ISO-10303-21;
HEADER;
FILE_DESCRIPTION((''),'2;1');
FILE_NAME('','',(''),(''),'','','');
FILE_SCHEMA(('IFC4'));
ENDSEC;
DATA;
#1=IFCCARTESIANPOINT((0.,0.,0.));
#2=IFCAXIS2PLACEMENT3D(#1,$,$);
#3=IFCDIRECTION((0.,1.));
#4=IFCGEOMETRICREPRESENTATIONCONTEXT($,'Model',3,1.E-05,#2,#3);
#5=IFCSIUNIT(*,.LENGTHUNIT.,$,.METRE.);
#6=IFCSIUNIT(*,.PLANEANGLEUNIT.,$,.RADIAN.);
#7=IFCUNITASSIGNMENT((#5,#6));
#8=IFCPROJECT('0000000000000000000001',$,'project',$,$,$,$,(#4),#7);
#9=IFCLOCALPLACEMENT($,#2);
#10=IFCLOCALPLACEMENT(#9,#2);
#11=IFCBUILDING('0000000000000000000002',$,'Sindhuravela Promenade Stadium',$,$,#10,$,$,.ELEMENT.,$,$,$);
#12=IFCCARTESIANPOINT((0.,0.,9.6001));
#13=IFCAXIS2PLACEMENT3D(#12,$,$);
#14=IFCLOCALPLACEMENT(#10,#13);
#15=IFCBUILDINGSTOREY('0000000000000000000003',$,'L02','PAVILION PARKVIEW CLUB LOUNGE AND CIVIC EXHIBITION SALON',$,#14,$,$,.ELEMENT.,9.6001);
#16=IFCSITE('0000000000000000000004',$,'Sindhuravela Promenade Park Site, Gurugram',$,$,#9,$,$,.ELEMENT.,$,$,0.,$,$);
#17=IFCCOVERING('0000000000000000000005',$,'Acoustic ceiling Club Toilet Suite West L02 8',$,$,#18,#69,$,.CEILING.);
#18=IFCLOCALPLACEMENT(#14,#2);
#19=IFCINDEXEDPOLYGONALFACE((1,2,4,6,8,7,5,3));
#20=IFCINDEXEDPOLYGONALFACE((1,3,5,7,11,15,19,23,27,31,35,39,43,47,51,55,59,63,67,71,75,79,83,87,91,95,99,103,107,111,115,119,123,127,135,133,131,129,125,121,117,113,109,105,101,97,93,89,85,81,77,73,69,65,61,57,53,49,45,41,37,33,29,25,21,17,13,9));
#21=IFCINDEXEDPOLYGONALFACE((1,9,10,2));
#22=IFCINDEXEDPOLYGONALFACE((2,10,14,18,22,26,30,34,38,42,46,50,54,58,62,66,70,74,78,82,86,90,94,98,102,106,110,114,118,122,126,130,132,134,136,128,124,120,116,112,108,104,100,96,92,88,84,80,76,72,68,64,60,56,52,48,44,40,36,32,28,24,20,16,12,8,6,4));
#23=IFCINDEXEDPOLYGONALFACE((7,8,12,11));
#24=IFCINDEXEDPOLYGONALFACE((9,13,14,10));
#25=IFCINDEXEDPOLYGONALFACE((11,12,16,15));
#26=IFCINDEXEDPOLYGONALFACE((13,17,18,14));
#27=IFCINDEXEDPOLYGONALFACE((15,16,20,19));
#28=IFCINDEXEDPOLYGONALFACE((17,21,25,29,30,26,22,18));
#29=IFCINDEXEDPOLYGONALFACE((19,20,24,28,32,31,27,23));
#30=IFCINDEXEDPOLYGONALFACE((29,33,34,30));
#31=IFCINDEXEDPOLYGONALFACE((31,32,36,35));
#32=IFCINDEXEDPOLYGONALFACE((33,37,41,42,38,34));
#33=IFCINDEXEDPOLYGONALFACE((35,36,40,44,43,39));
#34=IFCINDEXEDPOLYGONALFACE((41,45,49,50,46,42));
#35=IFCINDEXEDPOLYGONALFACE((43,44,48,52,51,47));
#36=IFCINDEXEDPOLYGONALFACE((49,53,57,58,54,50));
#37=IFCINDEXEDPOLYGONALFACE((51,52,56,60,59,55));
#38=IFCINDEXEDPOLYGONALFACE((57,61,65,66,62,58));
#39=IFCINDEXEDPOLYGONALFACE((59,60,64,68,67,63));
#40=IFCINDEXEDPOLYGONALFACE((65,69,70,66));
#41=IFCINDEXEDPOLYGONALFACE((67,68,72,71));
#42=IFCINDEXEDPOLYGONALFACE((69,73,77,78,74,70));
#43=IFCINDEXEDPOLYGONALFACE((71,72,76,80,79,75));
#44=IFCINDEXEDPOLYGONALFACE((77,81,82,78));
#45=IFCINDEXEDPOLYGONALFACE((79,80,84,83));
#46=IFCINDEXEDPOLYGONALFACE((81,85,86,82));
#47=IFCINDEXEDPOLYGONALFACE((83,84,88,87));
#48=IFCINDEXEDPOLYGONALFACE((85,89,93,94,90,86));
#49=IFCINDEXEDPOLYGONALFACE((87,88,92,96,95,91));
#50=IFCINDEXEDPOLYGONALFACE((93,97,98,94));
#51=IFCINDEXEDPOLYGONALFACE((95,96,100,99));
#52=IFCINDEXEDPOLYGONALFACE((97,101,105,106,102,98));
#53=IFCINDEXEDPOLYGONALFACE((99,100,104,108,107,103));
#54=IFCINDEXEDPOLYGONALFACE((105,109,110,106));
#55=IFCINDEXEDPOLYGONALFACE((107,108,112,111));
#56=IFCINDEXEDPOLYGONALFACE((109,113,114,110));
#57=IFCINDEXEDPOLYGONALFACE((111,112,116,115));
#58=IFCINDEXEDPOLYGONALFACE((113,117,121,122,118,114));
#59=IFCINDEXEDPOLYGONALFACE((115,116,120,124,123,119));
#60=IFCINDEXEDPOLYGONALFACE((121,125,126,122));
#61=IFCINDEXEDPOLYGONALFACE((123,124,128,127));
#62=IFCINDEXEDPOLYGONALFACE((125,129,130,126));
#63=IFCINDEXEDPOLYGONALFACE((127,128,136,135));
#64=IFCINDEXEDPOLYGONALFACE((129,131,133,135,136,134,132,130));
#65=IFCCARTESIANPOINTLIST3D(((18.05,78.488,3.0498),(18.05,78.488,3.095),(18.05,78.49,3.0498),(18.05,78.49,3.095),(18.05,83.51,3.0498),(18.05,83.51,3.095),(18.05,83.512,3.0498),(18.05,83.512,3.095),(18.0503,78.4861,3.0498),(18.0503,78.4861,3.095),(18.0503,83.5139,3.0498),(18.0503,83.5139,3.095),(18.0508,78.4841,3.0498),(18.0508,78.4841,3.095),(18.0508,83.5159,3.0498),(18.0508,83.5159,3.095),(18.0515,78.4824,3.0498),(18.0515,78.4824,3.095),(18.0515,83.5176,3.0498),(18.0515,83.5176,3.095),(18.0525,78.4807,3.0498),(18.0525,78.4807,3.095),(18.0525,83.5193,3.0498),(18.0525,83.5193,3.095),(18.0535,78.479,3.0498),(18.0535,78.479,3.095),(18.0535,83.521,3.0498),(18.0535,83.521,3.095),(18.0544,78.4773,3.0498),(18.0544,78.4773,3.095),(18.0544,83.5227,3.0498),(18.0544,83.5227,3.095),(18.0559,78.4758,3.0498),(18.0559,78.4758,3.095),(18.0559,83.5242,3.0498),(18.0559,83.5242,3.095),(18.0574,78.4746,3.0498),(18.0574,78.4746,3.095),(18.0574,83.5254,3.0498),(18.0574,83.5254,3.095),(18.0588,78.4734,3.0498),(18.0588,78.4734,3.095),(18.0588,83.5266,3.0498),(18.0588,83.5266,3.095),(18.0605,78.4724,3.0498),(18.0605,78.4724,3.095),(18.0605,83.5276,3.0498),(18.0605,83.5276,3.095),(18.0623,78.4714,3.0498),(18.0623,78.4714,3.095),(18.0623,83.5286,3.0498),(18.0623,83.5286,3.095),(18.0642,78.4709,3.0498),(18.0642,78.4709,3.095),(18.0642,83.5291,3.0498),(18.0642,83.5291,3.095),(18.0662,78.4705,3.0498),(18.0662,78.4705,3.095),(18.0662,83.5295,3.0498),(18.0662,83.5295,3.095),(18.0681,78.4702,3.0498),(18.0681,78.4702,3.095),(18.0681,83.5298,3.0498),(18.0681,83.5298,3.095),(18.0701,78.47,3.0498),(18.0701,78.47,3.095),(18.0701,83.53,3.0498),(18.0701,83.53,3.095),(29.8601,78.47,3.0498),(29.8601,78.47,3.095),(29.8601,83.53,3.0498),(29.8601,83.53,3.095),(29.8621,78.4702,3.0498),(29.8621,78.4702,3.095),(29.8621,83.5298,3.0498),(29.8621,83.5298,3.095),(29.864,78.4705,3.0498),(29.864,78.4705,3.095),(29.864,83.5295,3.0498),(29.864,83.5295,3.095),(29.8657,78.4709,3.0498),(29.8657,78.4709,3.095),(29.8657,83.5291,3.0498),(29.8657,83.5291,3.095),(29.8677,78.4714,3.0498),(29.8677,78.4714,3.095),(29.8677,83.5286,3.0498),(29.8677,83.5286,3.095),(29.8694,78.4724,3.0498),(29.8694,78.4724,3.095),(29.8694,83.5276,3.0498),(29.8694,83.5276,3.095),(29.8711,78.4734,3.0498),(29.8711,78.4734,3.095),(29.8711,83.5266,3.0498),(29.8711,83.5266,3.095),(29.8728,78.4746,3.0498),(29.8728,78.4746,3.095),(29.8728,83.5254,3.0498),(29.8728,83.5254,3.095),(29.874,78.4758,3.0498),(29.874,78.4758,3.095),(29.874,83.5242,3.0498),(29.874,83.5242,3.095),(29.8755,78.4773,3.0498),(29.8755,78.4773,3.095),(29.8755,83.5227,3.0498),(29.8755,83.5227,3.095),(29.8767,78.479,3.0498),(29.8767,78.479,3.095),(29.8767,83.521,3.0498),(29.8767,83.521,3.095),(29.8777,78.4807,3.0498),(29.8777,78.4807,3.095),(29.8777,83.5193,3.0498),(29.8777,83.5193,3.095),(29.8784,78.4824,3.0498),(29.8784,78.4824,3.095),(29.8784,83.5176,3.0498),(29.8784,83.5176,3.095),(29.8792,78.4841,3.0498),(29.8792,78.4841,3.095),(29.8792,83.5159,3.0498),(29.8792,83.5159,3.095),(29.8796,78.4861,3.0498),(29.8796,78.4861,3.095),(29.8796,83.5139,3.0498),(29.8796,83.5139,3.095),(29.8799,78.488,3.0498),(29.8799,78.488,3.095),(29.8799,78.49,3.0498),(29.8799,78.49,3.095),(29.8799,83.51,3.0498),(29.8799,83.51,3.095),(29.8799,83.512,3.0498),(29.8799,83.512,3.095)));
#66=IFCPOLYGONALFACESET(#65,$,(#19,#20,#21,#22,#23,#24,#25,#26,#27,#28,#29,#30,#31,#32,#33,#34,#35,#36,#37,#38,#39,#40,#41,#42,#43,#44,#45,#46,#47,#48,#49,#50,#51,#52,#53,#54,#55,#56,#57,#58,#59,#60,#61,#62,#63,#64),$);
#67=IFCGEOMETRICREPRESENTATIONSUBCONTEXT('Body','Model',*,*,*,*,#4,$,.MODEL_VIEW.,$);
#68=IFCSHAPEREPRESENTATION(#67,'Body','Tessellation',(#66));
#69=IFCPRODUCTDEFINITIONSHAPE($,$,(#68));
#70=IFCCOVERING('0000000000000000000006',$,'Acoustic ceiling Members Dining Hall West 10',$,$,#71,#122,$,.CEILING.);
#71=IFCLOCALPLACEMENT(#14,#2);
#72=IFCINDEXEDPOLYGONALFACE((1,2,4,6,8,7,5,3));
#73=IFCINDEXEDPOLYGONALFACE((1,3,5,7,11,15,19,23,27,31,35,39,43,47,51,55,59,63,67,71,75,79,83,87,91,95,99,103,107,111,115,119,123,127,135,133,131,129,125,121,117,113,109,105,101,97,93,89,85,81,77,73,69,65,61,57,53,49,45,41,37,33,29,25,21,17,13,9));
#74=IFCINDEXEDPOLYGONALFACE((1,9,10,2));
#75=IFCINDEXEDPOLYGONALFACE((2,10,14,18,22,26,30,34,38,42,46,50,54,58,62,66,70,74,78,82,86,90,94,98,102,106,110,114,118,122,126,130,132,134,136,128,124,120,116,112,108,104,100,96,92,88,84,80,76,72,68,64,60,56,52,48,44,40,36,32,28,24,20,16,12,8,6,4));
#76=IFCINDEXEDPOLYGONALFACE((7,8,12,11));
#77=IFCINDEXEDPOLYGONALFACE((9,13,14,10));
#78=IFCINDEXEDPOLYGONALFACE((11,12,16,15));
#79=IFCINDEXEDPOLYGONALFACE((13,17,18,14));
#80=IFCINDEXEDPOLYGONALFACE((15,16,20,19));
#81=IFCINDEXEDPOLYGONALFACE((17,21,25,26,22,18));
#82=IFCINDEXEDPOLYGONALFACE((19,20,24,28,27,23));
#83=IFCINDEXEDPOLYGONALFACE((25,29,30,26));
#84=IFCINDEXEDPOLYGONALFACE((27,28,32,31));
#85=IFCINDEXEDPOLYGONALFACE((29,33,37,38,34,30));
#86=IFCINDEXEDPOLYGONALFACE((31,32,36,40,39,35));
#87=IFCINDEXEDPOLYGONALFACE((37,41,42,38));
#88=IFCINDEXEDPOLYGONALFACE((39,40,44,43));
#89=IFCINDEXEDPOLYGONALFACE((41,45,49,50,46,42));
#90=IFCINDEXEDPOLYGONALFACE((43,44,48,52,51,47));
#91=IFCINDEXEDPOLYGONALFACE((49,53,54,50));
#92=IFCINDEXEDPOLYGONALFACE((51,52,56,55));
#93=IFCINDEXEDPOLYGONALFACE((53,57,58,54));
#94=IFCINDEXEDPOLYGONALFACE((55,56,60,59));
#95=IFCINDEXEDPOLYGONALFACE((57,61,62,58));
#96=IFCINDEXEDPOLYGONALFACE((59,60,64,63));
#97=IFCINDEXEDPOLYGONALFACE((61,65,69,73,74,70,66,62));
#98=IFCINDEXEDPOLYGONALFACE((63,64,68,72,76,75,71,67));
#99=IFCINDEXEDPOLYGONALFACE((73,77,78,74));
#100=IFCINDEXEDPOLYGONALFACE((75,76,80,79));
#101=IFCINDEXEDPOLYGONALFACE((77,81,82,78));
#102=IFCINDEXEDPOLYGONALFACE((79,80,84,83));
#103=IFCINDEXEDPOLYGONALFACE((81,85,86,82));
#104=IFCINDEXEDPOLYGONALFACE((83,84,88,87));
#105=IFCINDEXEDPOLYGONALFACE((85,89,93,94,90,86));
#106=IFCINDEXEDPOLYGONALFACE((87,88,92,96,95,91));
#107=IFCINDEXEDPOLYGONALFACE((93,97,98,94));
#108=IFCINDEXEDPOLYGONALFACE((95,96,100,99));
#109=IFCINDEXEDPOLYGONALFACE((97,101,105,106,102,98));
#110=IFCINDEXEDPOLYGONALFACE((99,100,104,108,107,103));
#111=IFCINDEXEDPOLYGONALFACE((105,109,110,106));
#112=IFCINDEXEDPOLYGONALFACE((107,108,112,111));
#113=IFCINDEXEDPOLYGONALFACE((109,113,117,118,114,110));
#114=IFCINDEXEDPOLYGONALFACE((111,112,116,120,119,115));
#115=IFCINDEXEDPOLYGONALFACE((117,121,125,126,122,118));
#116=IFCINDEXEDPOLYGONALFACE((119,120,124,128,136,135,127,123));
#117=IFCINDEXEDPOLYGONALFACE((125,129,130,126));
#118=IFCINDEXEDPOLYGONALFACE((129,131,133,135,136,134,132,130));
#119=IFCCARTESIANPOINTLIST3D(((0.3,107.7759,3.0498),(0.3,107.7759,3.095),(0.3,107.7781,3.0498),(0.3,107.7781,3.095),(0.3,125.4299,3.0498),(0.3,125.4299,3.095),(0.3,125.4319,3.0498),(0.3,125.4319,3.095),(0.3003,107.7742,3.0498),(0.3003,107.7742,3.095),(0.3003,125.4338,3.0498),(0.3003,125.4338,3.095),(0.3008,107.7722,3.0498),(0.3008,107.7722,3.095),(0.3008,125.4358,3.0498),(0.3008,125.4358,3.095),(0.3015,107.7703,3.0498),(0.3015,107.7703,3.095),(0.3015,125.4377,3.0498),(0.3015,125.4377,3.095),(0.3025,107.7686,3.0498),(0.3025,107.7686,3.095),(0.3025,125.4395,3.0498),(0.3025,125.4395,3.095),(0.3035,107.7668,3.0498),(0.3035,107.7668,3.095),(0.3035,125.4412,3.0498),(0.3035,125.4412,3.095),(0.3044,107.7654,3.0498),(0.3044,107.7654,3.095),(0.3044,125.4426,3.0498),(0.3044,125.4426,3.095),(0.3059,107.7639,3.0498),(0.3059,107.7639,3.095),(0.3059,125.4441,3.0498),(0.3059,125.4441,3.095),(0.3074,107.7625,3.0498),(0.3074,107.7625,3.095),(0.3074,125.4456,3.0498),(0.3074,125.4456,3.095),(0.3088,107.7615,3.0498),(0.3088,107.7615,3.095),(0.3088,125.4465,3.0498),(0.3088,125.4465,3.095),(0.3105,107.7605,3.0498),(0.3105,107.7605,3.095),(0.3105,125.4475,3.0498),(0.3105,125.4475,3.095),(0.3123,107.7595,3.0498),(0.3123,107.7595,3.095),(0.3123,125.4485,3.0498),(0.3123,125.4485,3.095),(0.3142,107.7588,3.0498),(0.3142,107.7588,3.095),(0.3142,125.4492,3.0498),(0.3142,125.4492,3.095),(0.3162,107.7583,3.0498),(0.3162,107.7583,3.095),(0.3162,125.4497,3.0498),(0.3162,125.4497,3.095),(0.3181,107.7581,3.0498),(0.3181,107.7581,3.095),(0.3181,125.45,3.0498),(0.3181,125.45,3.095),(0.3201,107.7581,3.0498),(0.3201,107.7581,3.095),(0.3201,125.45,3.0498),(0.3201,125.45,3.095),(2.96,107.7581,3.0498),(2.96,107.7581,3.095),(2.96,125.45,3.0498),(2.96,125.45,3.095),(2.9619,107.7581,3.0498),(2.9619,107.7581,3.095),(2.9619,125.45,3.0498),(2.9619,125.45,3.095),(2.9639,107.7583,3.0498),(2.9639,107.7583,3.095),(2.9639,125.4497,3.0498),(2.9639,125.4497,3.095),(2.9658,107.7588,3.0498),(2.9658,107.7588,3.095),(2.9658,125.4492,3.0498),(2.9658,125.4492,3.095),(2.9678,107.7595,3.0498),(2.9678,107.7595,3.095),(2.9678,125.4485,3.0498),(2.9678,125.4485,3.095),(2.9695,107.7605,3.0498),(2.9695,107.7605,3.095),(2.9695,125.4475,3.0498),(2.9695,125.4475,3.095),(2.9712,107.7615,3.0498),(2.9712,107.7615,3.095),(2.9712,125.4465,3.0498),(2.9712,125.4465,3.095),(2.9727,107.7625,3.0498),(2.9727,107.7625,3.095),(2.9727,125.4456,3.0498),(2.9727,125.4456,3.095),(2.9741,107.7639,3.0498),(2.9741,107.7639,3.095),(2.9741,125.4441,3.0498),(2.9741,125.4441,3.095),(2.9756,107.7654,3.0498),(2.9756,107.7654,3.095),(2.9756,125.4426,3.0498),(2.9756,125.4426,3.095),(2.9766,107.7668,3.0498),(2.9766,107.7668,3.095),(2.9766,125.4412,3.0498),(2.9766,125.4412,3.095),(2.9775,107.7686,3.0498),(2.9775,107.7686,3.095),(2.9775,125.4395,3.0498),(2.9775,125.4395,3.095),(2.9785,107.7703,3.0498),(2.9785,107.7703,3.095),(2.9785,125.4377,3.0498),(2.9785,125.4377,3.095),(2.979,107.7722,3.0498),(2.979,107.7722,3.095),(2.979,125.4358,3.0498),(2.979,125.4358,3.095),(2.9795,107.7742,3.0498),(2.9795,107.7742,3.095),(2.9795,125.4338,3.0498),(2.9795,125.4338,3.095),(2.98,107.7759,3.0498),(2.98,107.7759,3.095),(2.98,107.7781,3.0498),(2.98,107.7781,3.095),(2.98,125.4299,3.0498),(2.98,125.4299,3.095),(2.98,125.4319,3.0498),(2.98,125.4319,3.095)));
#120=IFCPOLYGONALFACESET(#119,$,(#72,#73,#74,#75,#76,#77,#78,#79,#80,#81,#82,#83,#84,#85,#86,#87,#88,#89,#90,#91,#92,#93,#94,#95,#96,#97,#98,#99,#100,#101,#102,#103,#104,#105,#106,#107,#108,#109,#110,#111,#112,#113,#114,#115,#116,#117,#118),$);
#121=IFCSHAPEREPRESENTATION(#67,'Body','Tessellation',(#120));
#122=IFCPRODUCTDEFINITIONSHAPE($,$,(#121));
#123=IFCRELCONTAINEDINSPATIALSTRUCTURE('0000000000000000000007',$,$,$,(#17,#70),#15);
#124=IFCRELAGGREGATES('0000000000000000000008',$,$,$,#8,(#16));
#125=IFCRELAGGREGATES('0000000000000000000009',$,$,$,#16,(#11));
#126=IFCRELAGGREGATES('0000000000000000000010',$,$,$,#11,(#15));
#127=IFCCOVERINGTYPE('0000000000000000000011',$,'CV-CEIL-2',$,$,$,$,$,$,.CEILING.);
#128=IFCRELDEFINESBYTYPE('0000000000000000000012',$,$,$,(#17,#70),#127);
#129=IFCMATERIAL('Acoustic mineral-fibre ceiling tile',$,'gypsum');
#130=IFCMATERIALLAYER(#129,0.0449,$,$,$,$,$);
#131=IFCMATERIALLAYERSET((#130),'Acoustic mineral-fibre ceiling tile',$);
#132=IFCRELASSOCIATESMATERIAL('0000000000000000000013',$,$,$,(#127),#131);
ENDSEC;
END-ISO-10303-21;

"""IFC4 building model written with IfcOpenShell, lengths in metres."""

from ifc_helpers import new_model, si_unit, direction, frame, origin, place, context, subcontext, project, spatial, polyline, outline, extrude, material, layer, layer_set, type_object, element, save


model = new_model("IFC4")

# Units and contexts
model_context = context("Model", 3, precision=1e-05, world=origin(), true_north=direction((0.0, 1.0)))
body_context = subcontext(model_context, "Body", "Model", "MODEL_VIEW")
ifc_project = project(units=[si_unit("LENGTHUNIT", "METRE"), si_unit("PLANEANGLEUNIT", "RADIAN")], contexts=[model_context])

# Site, building, storey
site_placement = place(None, origin())
site = spatial("IfcSite", under=ifc_project, at=site_placement, Name="Sindhuravela Promenade Park Site, Gurugram", CompositionType="ELEMENT", RefElevation=0.0)
building_placement = place(site_placement, origin())
building = spatial("IfcBuilding", under=site, at=building_placement, Name="Sindhuravela Promenade Stadium", CompositionType="ELEMENT")
storey_placement = place(building_placement, frame((0.0, 0.0, 9.6001)))
storey = spatial("IfcBuildingStorey", under=building, at=storey_placement, Name="L02", Description="PAVILION PARKVIEW CLUB LOUNGE AND CIVIC EXHIBITION SALON", CompositionType="ELEMENT", Elevation=9.6001)

# Coverings
ifc_material_1 = material(Name="Acoustic mineral-fibre ceiling tile", Category="gypsum")
ifc_layer_1 = layer(ifc_material_1, 0.0449)
ifc_layer_set_1 = layer_set([ifc_layer_1], Name="Acoustic mineral-fibre ceiling tile")
covering_type_1 = type_object("IfcCoveringType", Name="CV-CEIL-2", PredefinedType="CEILING", material=ifc_layer_set_1)
covering_1_placement = place(storey_placement, frame((0.0, 0.0, 3.0498)))
element("IfcCovering", 1, at=covering_1_placement, inside=storey, type_object=covering_type_1, Name="Acoustic ceiling Club Toilet Suite West L02 8", PredefinedType="CEILING", context=body_context, shape_type="SweptSolid", body=[
    extrude(outline(polyline([(29.8601, 83.53), (29.8621, 83.5298), (29.864, 83.5295), (29.8657, 83.5291), (29.8677, 83.5286), (29.8694, 83.5276), (29.8711, 83.5266), (29.8728, 83.5254), (29.874, 83.5242), (29.8755, 83.5227), (29.8767, 83.521), (29.8777, 83.5193), (29.8784, 83.5176), (29.8792, 83.5159), (29.8796, 83.5139), (29.8799, 83.512), (29.8799, 83.51), (29.8799, 78.49), (29.8799, 78.488), (29.8796, 78.4861), (29.8792, 78.4841), (29.8784, 78.4824), (29.8777, 78.4807), (29.8767, 78.479), (29.8755, 78.4773), (29.874, 78.4758), (29.8728, 78.4746), (29.8711, 78.4734), (29.8694, 78.4724), (29.8677, 78.4714), (29.8657, 78.4709), (29.864, 78.4705), (29.8621, 78.4702), (29.8601, 78.47), (18.0701, 78.47), (18.0681, 78.4702), (18.0662, 78.4705), (18.0642, 78.4709), (18.0623, 78.4714), (18.0605, 78.4724), (18.0588, 78.4734), (18.0574, 78.4746), (18.0559, 78.4758), (18.0544, 78.4773), (18.0535, 78.479), (18.0525, 78.4807), (18.0515, 78.4824), (18.0508, 78.4841), (18.0503, 78.4861), (18.05, 78.488), (18.05, 78.49), (18.05, 83.51), (18.05, 83.512), (18.0503, 83.5139), (18.0508, 83.5159), (18.0515, 83.5176), (18.0525, 83.5193), (18.0535, 83.521), (18.0544, 83.5227), (18.0559, 83.5242), (18.0574, 83.5254), (18.0588, 83.5266), (18.0605, 83.5276), (18.0623, 83.5286), (18.0642, 83.5291), (18.0662, 83.5295), (18.0681, 83.5298), (18.0701, 83.53), (29.8601, 83.53)])), origin(), (0.0, 0.0, 1.0), 0.0452),
])
covering_2_placement = place(storey_placement, frame((0.0, 0.0, 3.0498)))
element("IfcCovering", 2, at=covering_2_placement, inside=storey, type_object=covering_type_1, Name="Acoustic ceiling Members Dining Hall West 10", PredefinedType="CEILING", context=body_context, shape_type="SweptSolid", body=[
    extrude(outline(polyline([(0.3, 125.4299), (0.3, 125.4319), (0.3003, 125.4338), (0.3008, 125.4358), (0.3015, 125.4377), (0.3025, 125.4395), (0.3035, 125.4412), (0.3044, 125.4426), (0.3059, 125.4441), (0.3074, 125.4456), (0.3088, 125.4465), (0.3105, 125.4475), (0.3123, 125.4485), (0.3142, 125.4492), (0.3162, 125.4497), (0.3181, 125.45), (0.3201, 125.45), (2.96, 125.45), (2.9619, 125.45), (2.9639, 125.4497), (2.9658, 125.4492), (2.9678, 125.4485), (2.9695, 125.4475), (2.9712, 125.4465), (2.9727, 125.4456), (2.9741, 125.4441), (2.9756, 125.4426), (2.9766, 125.4412), (2.9775, 125.4395), (2.9785, 125.4377), (2.979, 125.4358), (2.9795, 125.4338), (2.98, 125.4319), (2.98, 125.4299), (2.98, 107.7781), (2.98, 107.7759), (2.9795, 107.7742), (2.979, 107.7722), (2.9785, 107.7703), (2.9775, 107.7686), (2.9766, 107.7668), (2.9756, 107.7654), (2.9741, 107.7639), (2.9727, 107.7625), (2.9712, 107.7615), (2.9695, 107.7605), (2.9678, 107.7595), (2.9658, 107.7588), (2.9639, 107.7583), (2.9619, 107.7581), (2.96, 107.7581), (0.3201, 107.7581), (0.3181, 107.7581), (0.3162, 107.7583), (0.3142, 107.7588), (0.3123, 107.7595), (0.3105, 107.7605), (0.3088, 107.7615), (0.3074, 107.7625), (0.3059, 107.7639), (0.3044, 107.7654), (0.3035, 107.7668), (0.3025, 107.7686), (0.3015, 107.7703), (0.3008, 107.7722), (0.3003, 107.7742), (0.3, 107.7759), (0.3, 107.7781), (0.3, 125.4299)])), origin(), (0.0, 0.0, 1.0), 0.0452),
])

save(model, "model.ifc")
